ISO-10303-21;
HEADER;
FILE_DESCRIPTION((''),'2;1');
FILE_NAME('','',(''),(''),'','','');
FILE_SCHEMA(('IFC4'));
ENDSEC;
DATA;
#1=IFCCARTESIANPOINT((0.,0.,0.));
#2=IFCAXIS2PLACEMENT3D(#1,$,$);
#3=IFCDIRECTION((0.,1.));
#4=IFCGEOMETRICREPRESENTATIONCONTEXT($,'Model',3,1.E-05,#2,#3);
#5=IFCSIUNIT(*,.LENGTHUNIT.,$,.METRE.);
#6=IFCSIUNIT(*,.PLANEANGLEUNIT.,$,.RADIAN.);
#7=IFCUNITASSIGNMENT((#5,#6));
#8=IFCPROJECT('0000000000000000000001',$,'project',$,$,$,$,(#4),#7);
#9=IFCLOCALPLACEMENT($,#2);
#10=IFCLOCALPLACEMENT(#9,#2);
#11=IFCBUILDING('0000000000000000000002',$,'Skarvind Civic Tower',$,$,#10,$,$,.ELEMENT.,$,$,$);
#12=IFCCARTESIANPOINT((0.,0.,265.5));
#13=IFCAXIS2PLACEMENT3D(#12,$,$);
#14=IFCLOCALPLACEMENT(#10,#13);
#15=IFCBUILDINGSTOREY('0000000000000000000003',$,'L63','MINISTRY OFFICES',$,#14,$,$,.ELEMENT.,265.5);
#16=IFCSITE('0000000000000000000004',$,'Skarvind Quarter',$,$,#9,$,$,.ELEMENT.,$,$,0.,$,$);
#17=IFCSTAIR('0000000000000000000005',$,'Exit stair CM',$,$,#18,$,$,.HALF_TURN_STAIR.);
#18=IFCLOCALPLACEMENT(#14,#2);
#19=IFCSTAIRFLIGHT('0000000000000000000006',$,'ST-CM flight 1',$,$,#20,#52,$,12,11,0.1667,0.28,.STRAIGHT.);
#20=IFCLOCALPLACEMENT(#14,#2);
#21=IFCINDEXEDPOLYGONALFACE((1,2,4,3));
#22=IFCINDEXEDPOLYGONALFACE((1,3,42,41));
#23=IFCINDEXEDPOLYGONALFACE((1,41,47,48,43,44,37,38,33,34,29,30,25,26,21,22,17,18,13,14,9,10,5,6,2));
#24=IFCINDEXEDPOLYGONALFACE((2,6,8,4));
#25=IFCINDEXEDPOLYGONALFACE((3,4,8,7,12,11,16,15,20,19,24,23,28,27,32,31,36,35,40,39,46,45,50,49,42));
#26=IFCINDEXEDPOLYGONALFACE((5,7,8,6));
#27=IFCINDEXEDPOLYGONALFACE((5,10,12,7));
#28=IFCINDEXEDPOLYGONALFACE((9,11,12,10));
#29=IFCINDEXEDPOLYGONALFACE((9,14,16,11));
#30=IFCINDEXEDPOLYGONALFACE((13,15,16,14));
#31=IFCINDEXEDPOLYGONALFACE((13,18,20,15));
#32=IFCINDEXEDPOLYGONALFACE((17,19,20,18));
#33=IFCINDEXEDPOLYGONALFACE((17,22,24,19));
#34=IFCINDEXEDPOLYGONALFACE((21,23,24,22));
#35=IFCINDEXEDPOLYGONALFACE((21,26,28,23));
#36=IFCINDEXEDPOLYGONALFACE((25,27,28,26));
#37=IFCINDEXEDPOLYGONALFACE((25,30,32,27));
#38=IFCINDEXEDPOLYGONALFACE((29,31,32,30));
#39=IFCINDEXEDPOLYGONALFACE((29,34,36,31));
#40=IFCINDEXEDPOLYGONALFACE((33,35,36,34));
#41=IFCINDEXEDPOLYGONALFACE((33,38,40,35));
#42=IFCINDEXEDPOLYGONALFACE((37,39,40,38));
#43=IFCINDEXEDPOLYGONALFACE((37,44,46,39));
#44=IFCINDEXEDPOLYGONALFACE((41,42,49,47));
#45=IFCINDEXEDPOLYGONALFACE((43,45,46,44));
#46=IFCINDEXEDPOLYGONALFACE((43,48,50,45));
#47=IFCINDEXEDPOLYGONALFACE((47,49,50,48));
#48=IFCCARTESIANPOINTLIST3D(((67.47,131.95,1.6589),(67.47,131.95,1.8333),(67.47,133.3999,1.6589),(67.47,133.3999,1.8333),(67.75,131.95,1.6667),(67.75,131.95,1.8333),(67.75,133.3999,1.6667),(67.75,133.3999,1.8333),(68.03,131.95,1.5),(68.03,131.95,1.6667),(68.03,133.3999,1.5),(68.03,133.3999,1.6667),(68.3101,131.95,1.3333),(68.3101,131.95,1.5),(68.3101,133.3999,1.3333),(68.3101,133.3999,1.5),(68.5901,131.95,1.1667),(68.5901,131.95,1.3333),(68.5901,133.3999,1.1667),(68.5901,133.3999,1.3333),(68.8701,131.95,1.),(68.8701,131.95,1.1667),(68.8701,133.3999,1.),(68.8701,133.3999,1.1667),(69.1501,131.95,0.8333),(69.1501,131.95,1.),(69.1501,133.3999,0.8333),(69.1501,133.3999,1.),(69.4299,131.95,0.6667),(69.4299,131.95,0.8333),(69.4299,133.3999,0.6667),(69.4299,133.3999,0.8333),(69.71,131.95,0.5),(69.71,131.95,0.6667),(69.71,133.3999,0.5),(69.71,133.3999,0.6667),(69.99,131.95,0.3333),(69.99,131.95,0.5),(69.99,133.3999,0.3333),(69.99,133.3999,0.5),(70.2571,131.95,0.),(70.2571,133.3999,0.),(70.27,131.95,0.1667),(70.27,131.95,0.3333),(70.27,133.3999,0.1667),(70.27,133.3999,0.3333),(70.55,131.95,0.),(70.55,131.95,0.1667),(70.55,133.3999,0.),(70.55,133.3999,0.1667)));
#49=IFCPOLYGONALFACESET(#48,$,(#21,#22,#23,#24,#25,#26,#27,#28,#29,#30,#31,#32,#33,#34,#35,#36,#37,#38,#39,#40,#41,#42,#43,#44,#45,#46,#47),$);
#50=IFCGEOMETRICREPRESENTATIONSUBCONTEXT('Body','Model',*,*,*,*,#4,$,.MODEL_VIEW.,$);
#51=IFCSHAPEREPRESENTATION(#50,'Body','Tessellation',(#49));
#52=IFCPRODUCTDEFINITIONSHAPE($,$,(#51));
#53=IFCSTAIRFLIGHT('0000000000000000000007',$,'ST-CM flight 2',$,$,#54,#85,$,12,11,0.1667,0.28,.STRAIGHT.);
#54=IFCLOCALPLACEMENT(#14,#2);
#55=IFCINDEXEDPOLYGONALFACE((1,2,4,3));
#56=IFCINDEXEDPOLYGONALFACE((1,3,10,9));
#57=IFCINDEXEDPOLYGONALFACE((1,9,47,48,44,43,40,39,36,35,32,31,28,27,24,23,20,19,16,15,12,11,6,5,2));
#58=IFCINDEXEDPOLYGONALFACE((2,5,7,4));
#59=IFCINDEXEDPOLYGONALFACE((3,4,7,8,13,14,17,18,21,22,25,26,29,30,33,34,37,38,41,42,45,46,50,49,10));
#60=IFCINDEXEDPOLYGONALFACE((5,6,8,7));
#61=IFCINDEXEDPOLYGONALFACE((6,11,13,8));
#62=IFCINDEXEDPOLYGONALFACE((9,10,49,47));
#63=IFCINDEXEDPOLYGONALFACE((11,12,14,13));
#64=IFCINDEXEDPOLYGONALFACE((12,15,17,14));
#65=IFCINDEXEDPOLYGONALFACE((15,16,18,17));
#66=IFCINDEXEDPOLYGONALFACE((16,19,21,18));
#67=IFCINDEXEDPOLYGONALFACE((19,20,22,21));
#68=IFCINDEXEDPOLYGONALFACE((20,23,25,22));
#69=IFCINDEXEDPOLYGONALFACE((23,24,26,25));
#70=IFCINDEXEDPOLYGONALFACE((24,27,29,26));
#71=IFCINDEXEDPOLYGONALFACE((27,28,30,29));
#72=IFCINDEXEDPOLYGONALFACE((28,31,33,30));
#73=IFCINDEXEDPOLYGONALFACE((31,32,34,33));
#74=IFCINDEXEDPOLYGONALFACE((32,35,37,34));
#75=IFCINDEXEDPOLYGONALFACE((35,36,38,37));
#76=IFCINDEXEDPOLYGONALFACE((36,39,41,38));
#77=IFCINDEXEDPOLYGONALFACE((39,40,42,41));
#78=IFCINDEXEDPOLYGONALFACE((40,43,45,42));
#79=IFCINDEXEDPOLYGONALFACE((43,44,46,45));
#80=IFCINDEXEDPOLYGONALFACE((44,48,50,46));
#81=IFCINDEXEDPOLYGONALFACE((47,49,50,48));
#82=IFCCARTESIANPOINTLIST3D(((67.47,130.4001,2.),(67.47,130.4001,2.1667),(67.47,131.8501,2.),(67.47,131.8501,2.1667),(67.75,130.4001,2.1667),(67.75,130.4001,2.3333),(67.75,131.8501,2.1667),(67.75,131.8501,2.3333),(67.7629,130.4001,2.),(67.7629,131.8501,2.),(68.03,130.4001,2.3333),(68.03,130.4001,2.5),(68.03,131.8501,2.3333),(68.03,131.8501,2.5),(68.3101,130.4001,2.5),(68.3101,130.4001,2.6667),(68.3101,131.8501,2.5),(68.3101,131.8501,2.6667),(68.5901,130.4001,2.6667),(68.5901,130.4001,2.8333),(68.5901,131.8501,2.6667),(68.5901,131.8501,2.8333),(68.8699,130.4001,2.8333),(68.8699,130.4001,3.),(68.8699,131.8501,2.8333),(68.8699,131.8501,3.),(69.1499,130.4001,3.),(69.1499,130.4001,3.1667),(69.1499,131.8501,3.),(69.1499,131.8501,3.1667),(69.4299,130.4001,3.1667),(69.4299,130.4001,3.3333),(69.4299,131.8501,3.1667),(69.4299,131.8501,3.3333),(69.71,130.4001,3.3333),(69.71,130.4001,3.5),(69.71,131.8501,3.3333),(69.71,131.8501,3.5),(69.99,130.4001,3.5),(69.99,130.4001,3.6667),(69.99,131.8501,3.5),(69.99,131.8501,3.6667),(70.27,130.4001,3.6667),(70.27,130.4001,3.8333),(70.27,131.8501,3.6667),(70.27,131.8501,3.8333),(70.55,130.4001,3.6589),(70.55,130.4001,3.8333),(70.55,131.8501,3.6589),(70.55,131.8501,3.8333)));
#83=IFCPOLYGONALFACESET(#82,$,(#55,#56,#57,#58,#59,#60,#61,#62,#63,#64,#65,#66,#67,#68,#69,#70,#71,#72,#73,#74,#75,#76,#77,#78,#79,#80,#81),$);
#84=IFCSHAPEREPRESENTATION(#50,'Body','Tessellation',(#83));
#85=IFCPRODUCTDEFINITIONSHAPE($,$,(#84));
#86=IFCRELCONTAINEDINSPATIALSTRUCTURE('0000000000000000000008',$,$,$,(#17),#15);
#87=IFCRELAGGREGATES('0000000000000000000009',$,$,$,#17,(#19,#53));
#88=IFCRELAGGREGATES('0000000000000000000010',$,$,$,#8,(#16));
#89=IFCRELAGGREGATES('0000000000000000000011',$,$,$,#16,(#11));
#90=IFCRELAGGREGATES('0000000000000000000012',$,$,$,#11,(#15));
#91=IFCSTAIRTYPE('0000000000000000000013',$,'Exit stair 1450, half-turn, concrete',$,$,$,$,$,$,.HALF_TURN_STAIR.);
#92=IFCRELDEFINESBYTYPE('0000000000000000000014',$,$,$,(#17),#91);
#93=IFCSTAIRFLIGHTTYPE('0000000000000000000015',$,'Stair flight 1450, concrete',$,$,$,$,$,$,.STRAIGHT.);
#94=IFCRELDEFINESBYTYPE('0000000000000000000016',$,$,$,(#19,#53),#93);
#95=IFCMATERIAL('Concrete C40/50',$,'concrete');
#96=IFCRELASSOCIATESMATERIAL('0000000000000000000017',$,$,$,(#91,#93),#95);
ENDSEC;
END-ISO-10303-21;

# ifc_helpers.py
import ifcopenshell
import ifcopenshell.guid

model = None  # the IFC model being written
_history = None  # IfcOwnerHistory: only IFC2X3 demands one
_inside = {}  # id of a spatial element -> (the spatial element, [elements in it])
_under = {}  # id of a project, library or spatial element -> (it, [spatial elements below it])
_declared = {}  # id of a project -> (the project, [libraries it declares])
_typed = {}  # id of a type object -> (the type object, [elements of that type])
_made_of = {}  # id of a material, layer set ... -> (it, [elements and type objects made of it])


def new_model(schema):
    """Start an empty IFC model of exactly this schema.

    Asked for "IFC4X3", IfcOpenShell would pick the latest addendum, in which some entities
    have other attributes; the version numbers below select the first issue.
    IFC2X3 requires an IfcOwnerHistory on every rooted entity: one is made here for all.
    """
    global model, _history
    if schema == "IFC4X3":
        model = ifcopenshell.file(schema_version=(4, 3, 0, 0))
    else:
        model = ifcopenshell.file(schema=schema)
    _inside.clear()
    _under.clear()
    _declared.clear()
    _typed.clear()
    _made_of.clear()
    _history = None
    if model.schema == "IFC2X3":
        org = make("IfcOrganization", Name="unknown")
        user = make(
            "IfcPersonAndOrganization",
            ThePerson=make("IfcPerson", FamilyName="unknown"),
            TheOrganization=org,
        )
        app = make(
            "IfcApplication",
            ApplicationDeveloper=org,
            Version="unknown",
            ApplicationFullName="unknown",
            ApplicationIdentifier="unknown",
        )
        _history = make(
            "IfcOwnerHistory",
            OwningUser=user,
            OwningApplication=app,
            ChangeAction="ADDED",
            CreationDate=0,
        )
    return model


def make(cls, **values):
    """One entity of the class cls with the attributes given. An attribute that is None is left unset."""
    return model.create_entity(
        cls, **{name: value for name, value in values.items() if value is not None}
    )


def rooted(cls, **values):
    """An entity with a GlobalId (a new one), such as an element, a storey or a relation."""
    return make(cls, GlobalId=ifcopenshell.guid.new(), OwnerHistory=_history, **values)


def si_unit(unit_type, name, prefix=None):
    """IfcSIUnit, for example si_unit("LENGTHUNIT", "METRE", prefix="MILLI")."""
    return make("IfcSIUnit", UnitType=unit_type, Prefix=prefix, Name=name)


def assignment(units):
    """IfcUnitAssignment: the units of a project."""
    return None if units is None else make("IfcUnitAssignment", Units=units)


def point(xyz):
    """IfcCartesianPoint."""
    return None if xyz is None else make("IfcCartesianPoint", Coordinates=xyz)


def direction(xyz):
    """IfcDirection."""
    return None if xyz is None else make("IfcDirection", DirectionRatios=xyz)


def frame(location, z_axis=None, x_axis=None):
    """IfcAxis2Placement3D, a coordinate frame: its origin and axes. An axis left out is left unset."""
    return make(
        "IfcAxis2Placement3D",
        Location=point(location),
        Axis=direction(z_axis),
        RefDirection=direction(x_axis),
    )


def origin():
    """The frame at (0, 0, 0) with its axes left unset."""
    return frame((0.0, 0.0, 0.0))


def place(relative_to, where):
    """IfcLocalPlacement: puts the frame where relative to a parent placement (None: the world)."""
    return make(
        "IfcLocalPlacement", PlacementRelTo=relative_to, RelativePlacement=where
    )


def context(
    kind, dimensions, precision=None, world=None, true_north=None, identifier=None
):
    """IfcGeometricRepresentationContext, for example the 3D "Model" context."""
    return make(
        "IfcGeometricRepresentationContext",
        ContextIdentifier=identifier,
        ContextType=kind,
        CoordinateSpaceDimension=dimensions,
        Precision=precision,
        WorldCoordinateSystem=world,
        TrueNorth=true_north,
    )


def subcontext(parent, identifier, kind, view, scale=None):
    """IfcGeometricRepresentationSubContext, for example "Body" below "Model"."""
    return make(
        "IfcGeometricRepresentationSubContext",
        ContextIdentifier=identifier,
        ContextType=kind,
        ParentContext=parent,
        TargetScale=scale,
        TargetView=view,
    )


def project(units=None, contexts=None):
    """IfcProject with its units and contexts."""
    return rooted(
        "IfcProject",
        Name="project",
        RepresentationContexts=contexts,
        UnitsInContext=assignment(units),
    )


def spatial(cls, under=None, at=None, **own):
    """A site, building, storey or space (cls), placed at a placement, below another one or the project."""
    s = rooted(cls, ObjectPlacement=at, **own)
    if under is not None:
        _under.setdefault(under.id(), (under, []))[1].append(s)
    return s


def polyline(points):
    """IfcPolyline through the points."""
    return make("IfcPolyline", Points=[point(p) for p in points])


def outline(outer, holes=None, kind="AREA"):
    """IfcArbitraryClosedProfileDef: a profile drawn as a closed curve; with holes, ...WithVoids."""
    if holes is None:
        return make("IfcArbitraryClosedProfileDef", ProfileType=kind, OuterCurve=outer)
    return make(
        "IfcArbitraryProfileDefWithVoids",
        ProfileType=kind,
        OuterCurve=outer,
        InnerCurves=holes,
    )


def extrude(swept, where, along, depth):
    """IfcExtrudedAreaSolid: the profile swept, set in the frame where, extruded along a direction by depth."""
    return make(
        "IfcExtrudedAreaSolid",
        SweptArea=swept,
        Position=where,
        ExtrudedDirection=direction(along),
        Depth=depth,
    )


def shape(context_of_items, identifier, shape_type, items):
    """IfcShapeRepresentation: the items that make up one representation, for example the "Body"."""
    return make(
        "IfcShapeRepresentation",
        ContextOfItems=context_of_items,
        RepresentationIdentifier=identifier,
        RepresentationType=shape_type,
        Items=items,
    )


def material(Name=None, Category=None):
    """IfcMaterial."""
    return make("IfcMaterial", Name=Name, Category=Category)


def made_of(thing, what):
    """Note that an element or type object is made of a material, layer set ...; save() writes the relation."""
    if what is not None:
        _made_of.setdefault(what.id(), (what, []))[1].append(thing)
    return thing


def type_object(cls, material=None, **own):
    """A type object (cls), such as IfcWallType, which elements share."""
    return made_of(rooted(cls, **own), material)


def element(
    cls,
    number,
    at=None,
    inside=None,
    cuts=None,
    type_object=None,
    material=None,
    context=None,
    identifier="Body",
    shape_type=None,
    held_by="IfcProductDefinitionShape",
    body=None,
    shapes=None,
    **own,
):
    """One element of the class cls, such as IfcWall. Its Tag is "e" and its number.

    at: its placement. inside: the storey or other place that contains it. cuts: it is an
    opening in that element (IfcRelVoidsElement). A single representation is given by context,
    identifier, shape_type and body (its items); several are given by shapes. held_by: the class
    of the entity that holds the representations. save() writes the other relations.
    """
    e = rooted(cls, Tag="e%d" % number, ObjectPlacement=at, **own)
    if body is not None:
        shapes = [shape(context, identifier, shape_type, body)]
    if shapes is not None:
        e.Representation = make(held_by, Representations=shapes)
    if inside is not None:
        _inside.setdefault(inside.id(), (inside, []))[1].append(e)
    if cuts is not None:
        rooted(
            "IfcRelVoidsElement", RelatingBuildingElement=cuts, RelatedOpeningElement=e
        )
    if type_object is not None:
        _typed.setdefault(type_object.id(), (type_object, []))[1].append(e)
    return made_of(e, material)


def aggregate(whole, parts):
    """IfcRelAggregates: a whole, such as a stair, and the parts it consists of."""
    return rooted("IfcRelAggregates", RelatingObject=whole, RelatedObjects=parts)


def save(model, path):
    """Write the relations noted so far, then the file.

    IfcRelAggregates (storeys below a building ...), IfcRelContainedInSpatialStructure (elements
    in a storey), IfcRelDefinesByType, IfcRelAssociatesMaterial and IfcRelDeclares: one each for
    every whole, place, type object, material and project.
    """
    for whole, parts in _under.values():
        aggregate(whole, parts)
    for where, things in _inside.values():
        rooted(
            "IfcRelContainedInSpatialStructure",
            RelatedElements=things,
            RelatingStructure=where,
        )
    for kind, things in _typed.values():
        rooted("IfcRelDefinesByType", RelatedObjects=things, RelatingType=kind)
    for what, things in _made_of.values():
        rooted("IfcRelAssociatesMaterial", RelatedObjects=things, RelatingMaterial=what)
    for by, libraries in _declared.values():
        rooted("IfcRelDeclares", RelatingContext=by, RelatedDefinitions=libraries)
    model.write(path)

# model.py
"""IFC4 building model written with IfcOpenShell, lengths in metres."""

from ifc_helpers import new_model, si_unit, direction, frame, origin, place, context, subcontext, project, spatial, polyline, outline, extrude, material, type_object, element, aggregate, save


model = new_model("IFC4")

# Units and contexts
model_context = context("Model", 3, precision=1e-05, world=origin(), true_north=direction((0.0, 1.0)))
body_context = subcontext(model_context, "Body", "Model", "MODEL_VIEW")
ifc_project = project(units=[si_unit("LENGTHUNIT", "METRE"), si_unit("PLANEANGLEUNIT", "RADIAN")], contexts=[model_context])

# Site, building, storey
site_placement = place(None, origin())
site = spatial("IfcSite", under=ifc_project, at=site_placement, Name="Skarvind Quarter", CompositionType="ELEMENT", RefElevation=0.0)
building_placement = place(site_placement, origin())
building = spatial("IfcBuilding", under=site, at=building_placement, Name="Skarvind Civic Tower", CompositionType="ELEMENT")
storey_placement = place(building_placement, frame((0.0, 0.0, 265.5)))
storey = spatial("IfcBuildingStorey", under=building, at=storey_placement, Name="L63", Description="MINISTRY OFFICES", CompositionType="ELEMENT", Elevation=265.5)

# Stair, stair flights
ifc_material_1 = material(Name="Concrete C40/50", Category="concrete")
stair_type = type_object("IfcStairType", Name="Exit stair 1450, half-turn, concrete", PredefinedType="HALF_TURN_STAIR", material=ifc_material_1)
stair_placement = place(storey_placement, origin())
stair = element("IfcStair", 1, at=stair_placement, inside=storey, type_object=stair_type, Name="Exit stair CM", PredefinedType="HALF_TURN_STAIR")
stair_flight_type = type_object("IfcStairFlightType", Name="Stair flight 1450, concrete", PredefinedType="STRAIGHT", material=ifc_material_1)
stair_flight_1_placement = place(storey_placement, frame((70.55, 132.675, 0.0), z_axis=(0.0, 0.0, 1.0), x_axis=(-1.0, 0.0, 0.0)))
stair_flight_1 = element("IfcStairFlight", 2, at=stair_flight_1_placement, type_object=stair_flight_type, Name="ST-CM flight 1", NumberOfRisers=12, NumberOfTreads=11, PredefinedType="STRAIGHT", RiserHeight=0.1667, TreadLength=0.28, context=body_context, shape_type="SweptSolid", body=[
    extrude(outline(polyline([(0.0, 0.0), (0.0, 0.1667), (0.28, 0.1667), (0.28, 0.3333), (0.5601, 0.3333), (0.5601, 0.5), (0.8401, 0.5), (0.8401, 0.6667), (1.1201, 0.6667), (1.1201, 0.8333), (1.3999, 0.8333), (1.3999, 1.0), (1.6799, 1.0), (1.6799, 1.1667), (1.96, 1.1667), (1.96, 1.3333), (2.24, 1.3333), (2.24, 1.5), (2.52, 1.5), (2.52, 1.6667), (2.8, 1.6667), (2.8, 1.8333), (3.0801, 1.8333), (3.0801, 2.0), (3.0801, 1.6589), (0.293, 0.0), (0.0, 0.0)])), frame((0.0, 0.7251, 0.0), z_axis=(0.0, -1.0, 0.0), x_axis=(1.0, 0.0, 0.0)), (0.0, 0.0, 1.0), 1.45),
])
stair_flight_2_placement = place(storey_placement, frame((67.47, 131.125, 2.0), z_axis=(0.0, 0.0, 1.0), x_axis=(1.0, 0.0, 0.0)))
stair_flight_2 = element("IfcStairFlight", 3, at=stair_flight_2_placement, type_object=stair_flight_type, Name="ST-CM flight 2", NumberOfRisers=12, NumberOfTreads=11, PredefinedType="STRAIGHT", RiserHeight=0.1667, TreadLength=0.28, context=body_context, shape_type="SweptSolid", body=[
    extrude(outline(polyline([(0.0, 0.0), (0.0, 0.1667), (0.28, 0.1667), (0.28, 0.3333), (0.5601, 0.3333), (0.5601, 0.5), (0.8401, 0.5), (0.8401, 0.6667), (1.1201, 0.6667), (1.1201, 0.8333), (1.3999, 0.8333), (1.3999, 1.0), (1.6799, 1.0), (1.6799, 1.1667), (1.96, 1.1667), (1.96, 1.3333), (2.24, 1.3333), (2.24, 1.5), (2.52, 1.5), (2.52, 1.6667), (2.8, 1.6667), (2.8, 1.8333), (3.0801, 1.8333), (3.0801, 2.0), (3.0801, 1.6589), (0.293, 0.0), (0.0, 0.0)])), frame((0.0, 0.7251, 0.0), z_axis=(0.0, -1.0, 0.0), x_axis=(1.0, 0.0, 0.0)), (0.0, 0.0, 1.0), 1.45),
])
aggregate(stair, [stair_flight_1, stair_flight_2])

save(model, "model.ifc")
